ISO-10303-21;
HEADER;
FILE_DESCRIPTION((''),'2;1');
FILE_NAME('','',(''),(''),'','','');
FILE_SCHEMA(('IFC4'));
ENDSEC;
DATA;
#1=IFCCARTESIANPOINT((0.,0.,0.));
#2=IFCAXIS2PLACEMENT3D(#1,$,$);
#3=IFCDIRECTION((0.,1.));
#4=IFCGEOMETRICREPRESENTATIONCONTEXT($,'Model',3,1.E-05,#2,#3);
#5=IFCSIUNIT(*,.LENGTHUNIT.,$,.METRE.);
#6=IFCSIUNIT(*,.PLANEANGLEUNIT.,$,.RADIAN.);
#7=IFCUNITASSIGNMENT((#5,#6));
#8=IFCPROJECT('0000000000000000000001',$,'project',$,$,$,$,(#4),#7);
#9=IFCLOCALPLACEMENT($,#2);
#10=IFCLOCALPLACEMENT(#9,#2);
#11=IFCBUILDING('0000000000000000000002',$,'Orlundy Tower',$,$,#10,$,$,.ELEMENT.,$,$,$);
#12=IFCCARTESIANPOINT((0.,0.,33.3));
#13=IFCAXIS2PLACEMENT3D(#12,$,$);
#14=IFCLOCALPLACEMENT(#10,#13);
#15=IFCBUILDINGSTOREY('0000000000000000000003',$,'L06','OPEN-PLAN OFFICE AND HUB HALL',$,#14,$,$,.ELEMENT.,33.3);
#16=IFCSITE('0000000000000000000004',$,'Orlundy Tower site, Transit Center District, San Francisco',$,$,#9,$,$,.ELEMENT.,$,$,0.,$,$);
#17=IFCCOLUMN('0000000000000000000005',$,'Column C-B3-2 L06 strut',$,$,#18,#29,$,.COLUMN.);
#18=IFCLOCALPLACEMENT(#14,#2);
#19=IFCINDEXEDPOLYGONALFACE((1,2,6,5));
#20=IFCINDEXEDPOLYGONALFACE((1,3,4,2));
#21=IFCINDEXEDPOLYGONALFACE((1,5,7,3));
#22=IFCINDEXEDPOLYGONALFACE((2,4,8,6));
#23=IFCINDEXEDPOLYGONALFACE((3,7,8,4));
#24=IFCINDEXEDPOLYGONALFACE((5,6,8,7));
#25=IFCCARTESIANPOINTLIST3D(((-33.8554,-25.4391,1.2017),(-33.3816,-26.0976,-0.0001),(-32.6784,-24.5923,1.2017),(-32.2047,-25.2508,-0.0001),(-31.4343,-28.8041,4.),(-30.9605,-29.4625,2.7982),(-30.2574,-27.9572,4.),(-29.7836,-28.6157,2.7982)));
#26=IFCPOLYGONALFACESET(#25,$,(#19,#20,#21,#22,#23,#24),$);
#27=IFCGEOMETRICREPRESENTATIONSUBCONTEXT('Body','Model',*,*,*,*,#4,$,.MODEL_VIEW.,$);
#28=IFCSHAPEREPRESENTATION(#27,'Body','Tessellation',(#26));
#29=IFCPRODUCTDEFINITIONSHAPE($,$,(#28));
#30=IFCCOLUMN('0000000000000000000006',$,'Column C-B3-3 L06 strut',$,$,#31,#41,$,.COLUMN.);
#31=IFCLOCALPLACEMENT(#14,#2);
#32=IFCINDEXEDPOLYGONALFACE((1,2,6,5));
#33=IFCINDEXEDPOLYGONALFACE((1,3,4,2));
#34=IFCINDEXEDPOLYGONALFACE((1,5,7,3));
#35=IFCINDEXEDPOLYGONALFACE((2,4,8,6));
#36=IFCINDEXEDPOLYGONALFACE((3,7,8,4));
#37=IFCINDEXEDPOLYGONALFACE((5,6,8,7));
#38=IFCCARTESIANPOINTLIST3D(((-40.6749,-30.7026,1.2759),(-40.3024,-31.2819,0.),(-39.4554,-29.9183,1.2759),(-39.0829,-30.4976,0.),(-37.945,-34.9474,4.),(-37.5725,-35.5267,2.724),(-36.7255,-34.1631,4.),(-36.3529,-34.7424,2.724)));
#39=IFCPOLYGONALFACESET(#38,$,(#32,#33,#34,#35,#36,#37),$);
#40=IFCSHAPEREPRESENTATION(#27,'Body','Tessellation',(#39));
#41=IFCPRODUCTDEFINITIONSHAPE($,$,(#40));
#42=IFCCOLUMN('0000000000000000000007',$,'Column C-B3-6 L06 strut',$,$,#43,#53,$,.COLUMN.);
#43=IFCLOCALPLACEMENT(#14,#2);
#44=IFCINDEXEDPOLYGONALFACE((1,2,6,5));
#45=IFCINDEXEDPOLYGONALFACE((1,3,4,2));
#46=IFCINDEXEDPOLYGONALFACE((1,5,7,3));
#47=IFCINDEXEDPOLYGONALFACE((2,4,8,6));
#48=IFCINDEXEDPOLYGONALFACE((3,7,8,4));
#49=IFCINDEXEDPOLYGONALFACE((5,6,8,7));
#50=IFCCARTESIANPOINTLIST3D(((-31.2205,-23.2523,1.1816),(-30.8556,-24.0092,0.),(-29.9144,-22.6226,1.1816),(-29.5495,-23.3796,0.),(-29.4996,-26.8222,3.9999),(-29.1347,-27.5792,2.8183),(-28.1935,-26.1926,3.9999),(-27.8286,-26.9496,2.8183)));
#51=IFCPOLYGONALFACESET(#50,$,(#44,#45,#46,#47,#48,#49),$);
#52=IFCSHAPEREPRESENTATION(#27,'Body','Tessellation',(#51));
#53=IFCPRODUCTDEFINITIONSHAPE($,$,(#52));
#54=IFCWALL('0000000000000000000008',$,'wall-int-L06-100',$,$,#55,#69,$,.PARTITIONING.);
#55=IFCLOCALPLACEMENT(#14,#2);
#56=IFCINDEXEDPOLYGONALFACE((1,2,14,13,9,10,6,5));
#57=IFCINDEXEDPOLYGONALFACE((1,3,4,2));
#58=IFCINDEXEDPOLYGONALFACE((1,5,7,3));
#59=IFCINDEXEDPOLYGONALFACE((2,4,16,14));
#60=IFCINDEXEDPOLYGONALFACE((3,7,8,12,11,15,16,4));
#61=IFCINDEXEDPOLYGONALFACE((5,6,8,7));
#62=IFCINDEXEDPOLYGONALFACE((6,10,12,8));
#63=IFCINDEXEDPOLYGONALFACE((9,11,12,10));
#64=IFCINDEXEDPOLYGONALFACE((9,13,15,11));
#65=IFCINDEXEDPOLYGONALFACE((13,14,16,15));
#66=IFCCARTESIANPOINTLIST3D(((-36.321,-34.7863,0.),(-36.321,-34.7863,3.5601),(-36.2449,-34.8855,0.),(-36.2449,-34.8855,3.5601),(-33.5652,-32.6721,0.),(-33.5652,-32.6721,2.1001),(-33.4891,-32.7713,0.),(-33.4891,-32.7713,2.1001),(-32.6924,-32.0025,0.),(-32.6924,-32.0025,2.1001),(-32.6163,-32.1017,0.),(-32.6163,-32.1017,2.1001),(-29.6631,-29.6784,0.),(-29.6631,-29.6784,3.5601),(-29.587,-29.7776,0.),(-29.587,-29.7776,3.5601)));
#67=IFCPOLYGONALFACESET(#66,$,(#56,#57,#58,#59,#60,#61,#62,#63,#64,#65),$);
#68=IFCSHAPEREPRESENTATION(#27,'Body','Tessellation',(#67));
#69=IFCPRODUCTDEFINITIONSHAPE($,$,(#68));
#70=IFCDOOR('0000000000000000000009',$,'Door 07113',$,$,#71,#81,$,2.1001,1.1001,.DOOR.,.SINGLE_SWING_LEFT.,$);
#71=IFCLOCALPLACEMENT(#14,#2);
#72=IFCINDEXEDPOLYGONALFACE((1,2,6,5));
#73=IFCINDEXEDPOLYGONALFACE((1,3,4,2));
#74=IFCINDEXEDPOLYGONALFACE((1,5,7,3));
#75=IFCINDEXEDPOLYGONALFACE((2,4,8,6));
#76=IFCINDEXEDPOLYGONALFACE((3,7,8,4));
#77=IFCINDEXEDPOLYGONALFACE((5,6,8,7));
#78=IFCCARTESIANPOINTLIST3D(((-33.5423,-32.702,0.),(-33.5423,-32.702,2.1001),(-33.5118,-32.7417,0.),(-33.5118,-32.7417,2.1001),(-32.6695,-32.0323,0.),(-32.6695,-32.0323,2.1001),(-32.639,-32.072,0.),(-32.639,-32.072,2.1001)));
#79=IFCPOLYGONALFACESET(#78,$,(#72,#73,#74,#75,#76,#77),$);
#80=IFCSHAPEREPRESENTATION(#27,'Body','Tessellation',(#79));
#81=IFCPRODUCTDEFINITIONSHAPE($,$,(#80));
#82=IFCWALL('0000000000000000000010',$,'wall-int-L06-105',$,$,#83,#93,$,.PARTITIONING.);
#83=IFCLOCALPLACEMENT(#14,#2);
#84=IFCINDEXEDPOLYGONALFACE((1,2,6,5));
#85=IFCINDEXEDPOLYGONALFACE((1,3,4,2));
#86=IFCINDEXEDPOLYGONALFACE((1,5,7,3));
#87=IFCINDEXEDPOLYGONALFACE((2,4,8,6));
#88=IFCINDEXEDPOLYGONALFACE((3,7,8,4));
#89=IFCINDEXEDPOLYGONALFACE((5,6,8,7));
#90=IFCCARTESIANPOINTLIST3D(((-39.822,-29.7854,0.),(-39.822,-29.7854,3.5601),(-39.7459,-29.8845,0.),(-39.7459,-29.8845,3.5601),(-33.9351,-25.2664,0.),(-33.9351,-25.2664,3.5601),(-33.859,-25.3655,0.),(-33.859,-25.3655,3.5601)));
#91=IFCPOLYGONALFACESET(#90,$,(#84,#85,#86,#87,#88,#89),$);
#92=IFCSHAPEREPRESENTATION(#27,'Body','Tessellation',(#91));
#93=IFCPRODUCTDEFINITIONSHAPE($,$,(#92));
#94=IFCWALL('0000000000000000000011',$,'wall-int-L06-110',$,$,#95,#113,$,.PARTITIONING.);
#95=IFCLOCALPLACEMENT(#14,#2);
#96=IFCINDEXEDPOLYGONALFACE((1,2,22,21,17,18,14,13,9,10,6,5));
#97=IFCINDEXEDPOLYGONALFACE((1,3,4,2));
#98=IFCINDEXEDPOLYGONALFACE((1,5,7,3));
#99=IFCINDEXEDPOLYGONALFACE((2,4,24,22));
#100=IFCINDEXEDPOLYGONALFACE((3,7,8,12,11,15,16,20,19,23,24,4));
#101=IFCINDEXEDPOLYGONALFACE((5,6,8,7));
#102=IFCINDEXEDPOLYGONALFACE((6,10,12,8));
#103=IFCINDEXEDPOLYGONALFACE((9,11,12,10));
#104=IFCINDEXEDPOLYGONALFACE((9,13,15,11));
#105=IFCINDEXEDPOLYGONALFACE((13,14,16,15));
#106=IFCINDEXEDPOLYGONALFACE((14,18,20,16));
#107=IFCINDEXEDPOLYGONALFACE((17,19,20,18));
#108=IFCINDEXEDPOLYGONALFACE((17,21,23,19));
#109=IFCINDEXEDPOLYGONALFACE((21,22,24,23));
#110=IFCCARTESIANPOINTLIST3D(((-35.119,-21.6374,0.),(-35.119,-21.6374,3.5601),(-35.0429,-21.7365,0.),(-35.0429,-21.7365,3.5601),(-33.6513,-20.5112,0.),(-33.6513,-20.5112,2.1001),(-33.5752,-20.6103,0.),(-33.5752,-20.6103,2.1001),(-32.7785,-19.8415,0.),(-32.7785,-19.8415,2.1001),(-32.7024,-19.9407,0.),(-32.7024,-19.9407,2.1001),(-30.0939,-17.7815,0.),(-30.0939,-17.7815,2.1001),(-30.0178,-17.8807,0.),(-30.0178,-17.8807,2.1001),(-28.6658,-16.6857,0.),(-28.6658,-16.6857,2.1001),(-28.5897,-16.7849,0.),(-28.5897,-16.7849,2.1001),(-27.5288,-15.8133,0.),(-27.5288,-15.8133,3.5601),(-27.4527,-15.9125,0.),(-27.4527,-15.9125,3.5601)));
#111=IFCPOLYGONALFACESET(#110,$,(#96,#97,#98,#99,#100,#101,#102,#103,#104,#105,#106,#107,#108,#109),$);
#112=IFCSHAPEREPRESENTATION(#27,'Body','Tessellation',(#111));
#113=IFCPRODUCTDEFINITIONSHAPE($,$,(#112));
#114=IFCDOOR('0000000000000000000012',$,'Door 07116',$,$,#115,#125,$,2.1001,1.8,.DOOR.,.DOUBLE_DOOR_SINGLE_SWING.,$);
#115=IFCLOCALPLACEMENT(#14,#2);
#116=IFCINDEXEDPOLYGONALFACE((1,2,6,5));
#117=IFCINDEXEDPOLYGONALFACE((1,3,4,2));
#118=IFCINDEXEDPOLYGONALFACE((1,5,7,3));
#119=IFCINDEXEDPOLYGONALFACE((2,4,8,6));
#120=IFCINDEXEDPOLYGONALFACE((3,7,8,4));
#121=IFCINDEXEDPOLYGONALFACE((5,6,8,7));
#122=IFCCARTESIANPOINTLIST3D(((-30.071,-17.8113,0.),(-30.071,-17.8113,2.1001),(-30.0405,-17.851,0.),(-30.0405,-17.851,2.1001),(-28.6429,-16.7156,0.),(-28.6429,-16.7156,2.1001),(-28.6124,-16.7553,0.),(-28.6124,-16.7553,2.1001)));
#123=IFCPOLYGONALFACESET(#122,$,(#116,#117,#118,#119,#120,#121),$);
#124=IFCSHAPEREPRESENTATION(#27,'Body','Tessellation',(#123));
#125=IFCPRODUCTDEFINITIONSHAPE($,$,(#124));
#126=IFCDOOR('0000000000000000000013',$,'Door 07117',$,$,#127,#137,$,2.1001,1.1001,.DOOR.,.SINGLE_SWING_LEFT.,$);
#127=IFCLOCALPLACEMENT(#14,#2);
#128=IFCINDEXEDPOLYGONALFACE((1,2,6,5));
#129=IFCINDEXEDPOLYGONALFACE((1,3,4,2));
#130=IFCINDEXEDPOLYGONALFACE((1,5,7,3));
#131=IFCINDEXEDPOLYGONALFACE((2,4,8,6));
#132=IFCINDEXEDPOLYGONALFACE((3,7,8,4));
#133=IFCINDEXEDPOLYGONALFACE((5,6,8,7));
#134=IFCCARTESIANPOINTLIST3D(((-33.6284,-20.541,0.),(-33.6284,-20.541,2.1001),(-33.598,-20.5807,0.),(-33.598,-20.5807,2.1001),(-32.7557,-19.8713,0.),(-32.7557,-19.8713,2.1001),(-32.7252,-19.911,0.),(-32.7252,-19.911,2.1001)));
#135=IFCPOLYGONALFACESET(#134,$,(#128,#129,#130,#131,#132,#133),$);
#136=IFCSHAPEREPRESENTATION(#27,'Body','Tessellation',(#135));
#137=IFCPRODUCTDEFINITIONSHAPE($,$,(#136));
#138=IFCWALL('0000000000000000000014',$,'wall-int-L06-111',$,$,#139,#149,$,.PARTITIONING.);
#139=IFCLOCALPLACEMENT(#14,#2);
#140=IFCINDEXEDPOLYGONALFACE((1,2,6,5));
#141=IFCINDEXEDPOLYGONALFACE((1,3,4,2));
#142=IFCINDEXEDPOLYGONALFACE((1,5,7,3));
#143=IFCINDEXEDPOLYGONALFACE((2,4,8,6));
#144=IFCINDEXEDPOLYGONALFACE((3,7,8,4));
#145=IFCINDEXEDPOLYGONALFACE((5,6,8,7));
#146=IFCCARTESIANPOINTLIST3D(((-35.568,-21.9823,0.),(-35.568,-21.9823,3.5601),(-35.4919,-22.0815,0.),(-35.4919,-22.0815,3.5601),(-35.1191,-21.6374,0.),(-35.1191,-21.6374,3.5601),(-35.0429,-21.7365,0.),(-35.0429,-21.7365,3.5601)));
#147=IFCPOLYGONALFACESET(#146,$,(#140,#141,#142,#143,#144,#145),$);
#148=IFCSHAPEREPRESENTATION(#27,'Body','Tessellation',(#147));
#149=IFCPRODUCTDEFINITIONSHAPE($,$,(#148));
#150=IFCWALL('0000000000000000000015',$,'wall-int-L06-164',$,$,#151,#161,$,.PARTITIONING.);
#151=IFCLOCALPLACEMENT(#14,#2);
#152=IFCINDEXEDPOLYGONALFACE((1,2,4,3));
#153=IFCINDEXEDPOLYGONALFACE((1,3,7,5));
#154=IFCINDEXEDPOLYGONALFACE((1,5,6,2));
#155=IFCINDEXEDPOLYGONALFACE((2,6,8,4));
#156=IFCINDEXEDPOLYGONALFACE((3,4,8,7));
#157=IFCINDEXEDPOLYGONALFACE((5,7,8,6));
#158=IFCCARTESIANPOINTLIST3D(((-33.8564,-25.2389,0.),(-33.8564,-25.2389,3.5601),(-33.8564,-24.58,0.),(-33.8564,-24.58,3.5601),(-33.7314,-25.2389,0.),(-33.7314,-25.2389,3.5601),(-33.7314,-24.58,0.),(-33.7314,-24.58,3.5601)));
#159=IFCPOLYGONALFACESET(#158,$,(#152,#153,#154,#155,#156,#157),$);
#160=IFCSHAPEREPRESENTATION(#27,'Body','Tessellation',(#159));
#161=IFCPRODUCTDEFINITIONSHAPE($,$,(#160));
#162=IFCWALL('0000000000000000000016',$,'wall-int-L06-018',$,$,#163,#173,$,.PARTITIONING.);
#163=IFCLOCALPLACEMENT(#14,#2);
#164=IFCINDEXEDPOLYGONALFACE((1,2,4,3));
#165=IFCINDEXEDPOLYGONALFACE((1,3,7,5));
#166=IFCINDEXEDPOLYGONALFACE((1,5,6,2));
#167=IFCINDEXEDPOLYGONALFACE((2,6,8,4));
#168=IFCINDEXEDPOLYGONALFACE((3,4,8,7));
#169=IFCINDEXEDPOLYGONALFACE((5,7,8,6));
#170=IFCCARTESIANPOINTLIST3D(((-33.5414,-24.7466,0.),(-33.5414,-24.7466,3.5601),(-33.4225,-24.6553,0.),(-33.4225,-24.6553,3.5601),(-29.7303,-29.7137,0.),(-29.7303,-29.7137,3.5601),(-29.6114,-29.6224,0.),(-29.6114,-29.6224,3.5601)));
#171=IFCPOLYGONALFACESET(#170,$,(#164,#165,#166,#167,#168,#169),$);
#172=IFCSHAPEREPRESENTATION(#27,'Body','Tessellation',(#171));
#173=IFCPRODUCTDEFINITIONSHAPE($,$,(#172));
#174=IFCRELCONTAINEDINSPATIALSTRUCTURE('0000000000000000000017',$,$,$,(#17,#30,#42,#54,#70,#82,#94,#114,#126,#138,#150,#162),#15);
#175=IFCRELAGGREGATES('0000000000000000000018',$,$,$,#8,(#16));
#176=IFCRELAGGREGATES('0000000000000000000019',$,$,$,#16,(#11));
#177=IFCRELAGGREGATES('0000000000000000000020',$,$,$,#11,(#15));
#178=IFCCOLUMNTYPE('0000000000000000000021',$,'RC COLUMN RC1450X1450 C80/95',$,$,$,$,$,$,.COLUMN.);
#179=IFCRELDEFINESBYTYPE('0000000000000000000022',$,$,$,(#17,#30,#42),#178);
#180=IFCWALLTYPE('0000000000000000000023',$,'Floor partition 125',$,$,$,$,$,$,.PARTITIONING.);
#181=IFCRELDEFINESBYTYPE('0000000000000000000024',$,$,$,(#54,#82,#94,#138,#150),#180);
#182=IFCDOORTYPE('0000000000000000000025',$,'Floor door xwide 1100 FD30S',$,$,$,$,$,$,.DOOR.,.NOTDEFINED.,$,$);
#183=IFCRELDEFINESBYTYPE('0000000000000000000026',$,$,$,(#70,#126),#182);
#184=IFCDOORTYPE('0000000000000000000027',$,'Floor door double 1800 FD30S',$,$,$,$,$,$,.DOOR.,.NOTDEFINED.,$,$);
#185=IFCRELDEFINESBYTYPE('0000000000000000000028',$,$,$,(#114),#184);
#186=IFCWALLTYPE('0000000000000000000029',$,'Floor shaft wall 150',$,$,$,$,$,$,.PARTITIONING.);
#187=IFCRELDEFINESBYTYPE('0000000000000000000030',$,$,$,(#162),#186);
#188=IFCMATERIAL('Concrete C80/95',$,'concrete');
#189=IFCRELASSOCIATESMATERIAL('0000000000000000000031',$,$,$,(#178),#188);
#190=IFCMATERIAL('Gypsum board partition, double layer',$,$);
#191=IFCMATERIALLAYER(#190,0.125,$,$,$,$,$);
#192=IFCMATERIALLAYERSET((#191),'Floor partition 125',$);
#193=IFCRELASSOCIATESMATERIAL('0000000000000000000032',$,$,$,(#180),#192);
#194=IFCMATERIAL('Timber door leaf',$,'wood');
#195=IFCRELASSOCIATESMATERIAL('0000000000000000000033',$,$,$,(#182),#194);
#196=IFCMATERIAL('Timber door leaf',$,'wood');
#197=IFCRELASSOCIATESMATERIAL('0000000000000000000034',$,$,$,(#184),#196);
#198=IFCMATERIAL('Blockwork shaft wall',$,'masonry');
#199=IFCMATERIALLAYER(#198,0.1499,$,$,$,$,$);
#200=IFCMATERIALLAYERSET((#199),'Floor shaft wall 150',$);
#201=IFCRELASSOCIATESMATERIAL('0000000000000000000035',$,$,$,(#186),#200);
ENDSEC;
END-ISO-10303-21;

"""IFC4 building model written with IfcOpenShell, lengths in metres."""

from ifc_helpers import new_model, si_unit, direction, frame, frame_2d, origin, origin_2d, place, context, subcontext, project, spatial, rectangle, extrude, material, layer, layer_set, material_profile, profile_set, type_object, element, fill, save


model = new_model("IFC4")

# Units and contexts
model_context = context("Model", 3, precision=1e-05, world=origin(), true_north=direction((0.0, 1.0)))
body_context = subcontext(model_context, "Body", "Model", "MODEL_VIEW")
ifc_project = project(units=[si_unit("LENGTHUNIT", "METRE"), si_unit("PLANEANGLEUNIT", "RADIAN")], contexts=[model_context])

# Site, building, storey
site_placement = place(None, origin())
site = spatial("IfcSite", under=ifc_project, at=site_placement, Name="Orlundy Tower site, Transit Center District, San Francisco", CompositionType="ELEMENT", RefElevation=0.0)
building_placement = place(site_placement, origin())
building = spatial("IfcBuilding", under=site, at=building_placement, Name="Orlundy Tower", CompositionType="ELEMENT")
storey_placement = place(building_placement, frame((0.0, 0.0, 33.3)))
storey = spatial("IfcBuildingStorey", under=building, at=storey_placement, Name="L06", Description="OPEN-PLAN OFFICE AND HUB HALL", CompositionType="ELEMENT", Elevation=33.3)

# Columns
ifc_material_1 = material(Name="Concrete C80/95", Category="concrete")
ifc_material_profile = material_profile(ifc_material_1, rectangle(XDim=1.45, YDim=1.45, at=origin_2d()), Name="RC1450X1450")
ifc_profile_set = profile_set([ifc_material_profile], Name="Concrete C80/95")
column_type = type_object("IfcColumnType", Name="RC COLUMN RC1450X1450 C80/95", PredefinedType="COLUMN", material=ifc_profile_set)
column_1_placement = place(storey_placement, frame((-33.03, -25.345, 0.6008), z_axis=(0.484076, -0.672786, 0.559491), x_axis=(0.811723, 0.584043, 0.0)))
element("IfcColumn", 1, at=column_1_placement, inside=storey, type_object=column_type, Name="Column C-B3-2 L06 strut", PredefinedType="COLUMN", context=body_context, shape_type="SweptSolid", body=[
    extrude(rectangle(XDim=1.45, YDim=1.45, at=origin_2d()), origin(), (0.0, 0.0, 1.0), 5.0015),
])
column_2_placement = place(storey_placement, frame((-39.8789, -30.6001, 0.6379), z_axis=(0.476004, -0.740143, 0.474982), x_axis=(0.841076, 0.540916, 0.0)))
element("IfcColumn", 2, at=column_2_placement, inside=storey, type_object=column_type, Name="Column C-B3-3 L06 strut", PredefinedType="COLUMN", context=body_context, shape_type="SweptSolid", body=[
    extrude(rectangle(XDim=1.45, YDim=1.45, at=origin_2d()), origin(), (0.0, 0.0, 1.0), 5.7351),
])
column_3_placement = place(storey_placement, frame((-30.385, -23.3159, 0.5908), z_axis=(0.353875, -0.734107, 0.579534), x_axis=(0.900802, 0.43423, 0.0)))
element("IfcColumn", 3, at=column_3_placement, inside=storey, type_object=column_type, Name="Column C-B3-6 L06 strut", PredefinedType="COLUMN", context=body_context, shape_type="SweptSolid", body=[
    extrude(rectangle(XDim=1.45, YDim=1.45, at=origin_2d()), origin(), (0.0, 0.0, 1.0), 4.863),
])

# Wall, opening, door
ifc_material_2 = material(Name="Gypsum board partition, double layer")
ifc_layer_1 = layer(ifc_material_2, 0.125)
ifc_layer_set_1 = layer_set([ifc_layer_1], Name="Floor partition 125")
wall_type_1 = type_object("IfcWallType", Name="Floor partition 125", PredefinedType="PARTITIONING", material=ifc_layer_set_1)
wall_1_placement = place(storey_placement, frame((-36.283, -34.8359, 0.0), z_axis=(0.0, 0.0, 1.0), x_axis=(0.793406, 0.608692, 0.0)))
wall_1 = element("IfcWall", 4, at=wall_1_placement, inside=storey, type_object=wall_type_1, Name="wall-int-L06-100", PredefinedType="PARTITIONING", context=body_context, shape_type="SweptSolid", body=[
    extrude(rectangle(XDim=8.3916, YDim=0.125, at=frame_2d((4.1958, 0.0))), origin(), (0.0, 0.0, 1.0), 3.5601),
])
opening_1_placement = place(wall_1_placement, frame((3.4734, 0.0, 0.0)))
opening_1 = element("IfcOpeningElement", 5, at=opening_1_placement, cuts=wall_1, PredefinedType="OPENING", context=body_context, shape_type="SweptSolid", body=[
    extrude(rectangle(XDim=1.1001, YDim=2.1001, at=frame_2d((0.55, 1.05))), frame((0.0, 0.0725, 0.0), z_axis=(0.0, -1.0, 0.0), x_axis=(1.0, 0.0, 0.0)), (0.0, 0.0, 1.0), 0.145),
])
ifc_material_3 = material(Name="Timber door leaf", Category="wood")
door_type_1 = type_object("IfcDoorType", Name="Floor door xwide 1100 FD30S", OperationType="NOTDEFINED", PredefinedType="DOOR", material=ifc_material_3)
door_1_placement = place(opening_1_placement, origin())
door_1 = element("IfcDoor", 6, at=door_1_placement, inside=storey, type_object=door_type_1, Name="Door 07113", OperationType="SINGLE_SWING_LEFT", OverallHeight=2.1001, OverallWidth=1.1001, PredefinedType="DOOR", context=body_context, shape_type="SweptSolid", body=[
    extrude(rectangle(XDim=1.1001, YDim=2.1001, at=frame_2d((0.55, 1.05))), frame((0.0, 0.0249, 0.0), z_axis=(0.0, -1.0, 0.0), x_axis=(1.0, 0.0, 0.0)), (0.0, 0.0, 1.0), 0.05),
])
fill(opening_1, door_1)

# Wall
wall_2_placement = place(storey_placement, frame((-39.7839, -29.835, 0.0), z_axis=(0.0, 0.0, 1.0), x_axis=(0.793235, 0.608916, 0.0)))
element("IfcWall", 7, at=wall_2_placement, inside=storey, type_object=wall_type_1, Name="wall-int-L06-105", PredefinedType="PARTITIONING", context=body_context, shape_type="SweptSolid", body=[
    extrude(rectangle(XDim=7.4214, YDim=0.125, at=frame_2d((3.7107, 0.0))), origin(), (0.0, 0.0, 1.0), 3.5601),
])

# Wall, openings, doors
wall_3_placement = place(storey_placement, frame((-35.0811, -21.687, 0.0), z_axis=(0.0, 0.0, 1.0), x_axis=(0.793359, 0.608755, 0.0)))
wall_3 = element("IfcWall", 8, at=wall_3_placement, inside=storey, type_object=wall_type_1, Name="wall-int-L06-110", PredefinedType="PARTITIONING", context=body_context, shape_type="SweptSolid", body=[
    extrude(rectangle(XDim=9.5671, YDim=0.125, at=frame_2d((4.7837, 0.0))), origin(), (0.0, 0.0, 1.0), 3.5601),
])
opening_2_placement = place(wall_3_placement, frame((6.3342, 0.0, 0.0)))
opening_2 = element("IfcOpeningElement", 9, at=opening_2_placement, cuts=wall_3, PredefinedType="OPENING", context=body_context, shape_type="SweptSolid", body=[
    extrude(rectangle(XDim=1.8, YDim=2.1001, at=frame_2d((0.8999, 1.05))), frame((0.0, 0.0725, 0.0), z_axis=(0.0, -1.0, 0.0), x_axis=(1.0, 0.0, 0.0)), (0.0, 0.0, 1.0), 0.145),
])
opening_3_placement = place(wall_3_placement, frame((1.8501, 0.0, 0.0)))
opening_3 = element("IfcOpeningElement", 10, at=opening_3_placement, cuts=wall_3, PredefinedType="OPENING", context=body_context, shape_type="SweptSolid", body=[
    extrude(rectangle(XDim=1.1001, YDim=2.1001, at=frame_2d((0.55, 1.05))), frame((0.0, 0.0725, 0.0), z_axis=(0.0, -1.0, 0.0), x_axis=(1.0, 0.0, 0.0)), (0.0, 0.0, 1.0), 0.145),
])
ifc_material_4 = material(Name="Timber door leaf", Category="wood")
door_type_2 = type_object("IfcDoorType", Name="Floor door double 1800 FD30S", OperationType="NOTDEFINED", PredefinedType="DOOR", material=ifc_material_4)
door_2_placement = place(opening_2_placement, origin())
door_2 = element("IfcDoor", 11, at=door_2_placement, inside=storey, type_object=door_type_2, Name="Door 07116", OperationType="DOUBLE_DOOR_SINGLE_SWING", OverallHeight=2.1001, OverallWidth=1.8, PredefinedType="DOOR", context=body_context, shape_type="SweptSolid", body=[
    extrude(rectangle(XDim=1.8, YDim=2.1001, at=frame_2d((0.8999, 1.05))), frame((0.0, 0.0249, 0.0), z_axis=(0.0, -1.0, 0.0), x_axis=(1.0, 0.0, 0.0)), (0.0, 0.0, 1.0), 0.05),
])
fill(opening_2, door_2)
door_3_placement = place(opening_3_placement, origin())
door_3 = element("IfcDoor", 12, at=door_3_placement, inside=storey, type_object=door_type_1, Name="Door 07117", OperationType="SINGLE_SWING_LEFT", OverallHeight=2.1001, OverallWidth=1.1001, PredefinedType="DOOR", context=body_context, shape_type="SweptSolid", body=[
    extrude(rectangle(XDim=1.1001, YDim=2.1001, at=frame_2d((0.55, 1.05))), frame((0.0, 0.0249, 0.0), z_axis=(0.0, -1.0, 0.0), x_axis=(1.0, 0.0, 0.0)), (0.0, 0.0, 1.0), 0.05),
])
fill(opening_3, door_3)

# Walls
wall_4_placement = place(storey_placement, frame((-35.53, -22.032, 0.0), z_axis=(0.0, 0.0, 1.0), x_axis=(0.79296, 0.609273, 0.0)))
element("IfcWall", 13, at=wall_4_placement, inside=storey, type_object=wall_type_1, Name="wall-int-L06-111", PredefinedType="PARTITIONING", context=body_context, shape_type="SweptSolid", body=[
    extrude(rectangle(XDim=0.5662, YDim=0.125, at=frame_2d((0.2832, 0.0))), origin(), (0.0, 0.0, 1.0), 3.5601),
])
wall_5_placement = place(storey_placement, frame((-33.7939, -25.239, 0.0), z_axis=(0.0, 0.0, 1.0), x_axis=(0.0, 1.0, 0.0)))
element("IfcWall", 14, at=wall_5_placement, inside=storey, type_object=wall_type_1, Name="wall-int-L06-164", PredefinedType="PARTITIONING", context=body_context, shape_type="SweptSolid", body=[
    extrude(rectangle(XDim=0.6589, YDim=0.125, at=frame_2d((0.3296, 0.0))), origin(), (0.0, 0.0, 1.0), 3.5601),
])
ifc_material_5 = material(Name="Blockwork shaft wall", Category="masonry")
ifc_layer_2 = layer(ifc_material_5, 0.1499)
ifc_layer_set_2 = layer_set([ifc_layer_2], Name="Floor shaft wall 150")
wall_type_2 = type_object("IfcWallType", Name="Floor shaft wall 150", PredefinedType="PARTITIONING", material=ifc_layer_set_2)
wall_6_placement = place(storey_placement, frame((-33.4819, -24.7009, 0.0), z_axis=(0.0, 0.0, 1.0), x_axis=(0.60873, -0.793377, 0.0)))
element("IfcWall", 15, at=wall_6_placement, inside=storey, type_object=wall_type_2, Name="wall-int-L06-018", PredefinedType="PARTITIONING", context=body_context, shape_type="SweptSolid", body=[
    extrude(rectangle(XDim=6.2607, YDim=0.1499, at=frame_2d((3.1304, 0.0))), origin(), (0.0, 0.0, 1.0), 3.5601),
])

save(model, "model.ifc")
